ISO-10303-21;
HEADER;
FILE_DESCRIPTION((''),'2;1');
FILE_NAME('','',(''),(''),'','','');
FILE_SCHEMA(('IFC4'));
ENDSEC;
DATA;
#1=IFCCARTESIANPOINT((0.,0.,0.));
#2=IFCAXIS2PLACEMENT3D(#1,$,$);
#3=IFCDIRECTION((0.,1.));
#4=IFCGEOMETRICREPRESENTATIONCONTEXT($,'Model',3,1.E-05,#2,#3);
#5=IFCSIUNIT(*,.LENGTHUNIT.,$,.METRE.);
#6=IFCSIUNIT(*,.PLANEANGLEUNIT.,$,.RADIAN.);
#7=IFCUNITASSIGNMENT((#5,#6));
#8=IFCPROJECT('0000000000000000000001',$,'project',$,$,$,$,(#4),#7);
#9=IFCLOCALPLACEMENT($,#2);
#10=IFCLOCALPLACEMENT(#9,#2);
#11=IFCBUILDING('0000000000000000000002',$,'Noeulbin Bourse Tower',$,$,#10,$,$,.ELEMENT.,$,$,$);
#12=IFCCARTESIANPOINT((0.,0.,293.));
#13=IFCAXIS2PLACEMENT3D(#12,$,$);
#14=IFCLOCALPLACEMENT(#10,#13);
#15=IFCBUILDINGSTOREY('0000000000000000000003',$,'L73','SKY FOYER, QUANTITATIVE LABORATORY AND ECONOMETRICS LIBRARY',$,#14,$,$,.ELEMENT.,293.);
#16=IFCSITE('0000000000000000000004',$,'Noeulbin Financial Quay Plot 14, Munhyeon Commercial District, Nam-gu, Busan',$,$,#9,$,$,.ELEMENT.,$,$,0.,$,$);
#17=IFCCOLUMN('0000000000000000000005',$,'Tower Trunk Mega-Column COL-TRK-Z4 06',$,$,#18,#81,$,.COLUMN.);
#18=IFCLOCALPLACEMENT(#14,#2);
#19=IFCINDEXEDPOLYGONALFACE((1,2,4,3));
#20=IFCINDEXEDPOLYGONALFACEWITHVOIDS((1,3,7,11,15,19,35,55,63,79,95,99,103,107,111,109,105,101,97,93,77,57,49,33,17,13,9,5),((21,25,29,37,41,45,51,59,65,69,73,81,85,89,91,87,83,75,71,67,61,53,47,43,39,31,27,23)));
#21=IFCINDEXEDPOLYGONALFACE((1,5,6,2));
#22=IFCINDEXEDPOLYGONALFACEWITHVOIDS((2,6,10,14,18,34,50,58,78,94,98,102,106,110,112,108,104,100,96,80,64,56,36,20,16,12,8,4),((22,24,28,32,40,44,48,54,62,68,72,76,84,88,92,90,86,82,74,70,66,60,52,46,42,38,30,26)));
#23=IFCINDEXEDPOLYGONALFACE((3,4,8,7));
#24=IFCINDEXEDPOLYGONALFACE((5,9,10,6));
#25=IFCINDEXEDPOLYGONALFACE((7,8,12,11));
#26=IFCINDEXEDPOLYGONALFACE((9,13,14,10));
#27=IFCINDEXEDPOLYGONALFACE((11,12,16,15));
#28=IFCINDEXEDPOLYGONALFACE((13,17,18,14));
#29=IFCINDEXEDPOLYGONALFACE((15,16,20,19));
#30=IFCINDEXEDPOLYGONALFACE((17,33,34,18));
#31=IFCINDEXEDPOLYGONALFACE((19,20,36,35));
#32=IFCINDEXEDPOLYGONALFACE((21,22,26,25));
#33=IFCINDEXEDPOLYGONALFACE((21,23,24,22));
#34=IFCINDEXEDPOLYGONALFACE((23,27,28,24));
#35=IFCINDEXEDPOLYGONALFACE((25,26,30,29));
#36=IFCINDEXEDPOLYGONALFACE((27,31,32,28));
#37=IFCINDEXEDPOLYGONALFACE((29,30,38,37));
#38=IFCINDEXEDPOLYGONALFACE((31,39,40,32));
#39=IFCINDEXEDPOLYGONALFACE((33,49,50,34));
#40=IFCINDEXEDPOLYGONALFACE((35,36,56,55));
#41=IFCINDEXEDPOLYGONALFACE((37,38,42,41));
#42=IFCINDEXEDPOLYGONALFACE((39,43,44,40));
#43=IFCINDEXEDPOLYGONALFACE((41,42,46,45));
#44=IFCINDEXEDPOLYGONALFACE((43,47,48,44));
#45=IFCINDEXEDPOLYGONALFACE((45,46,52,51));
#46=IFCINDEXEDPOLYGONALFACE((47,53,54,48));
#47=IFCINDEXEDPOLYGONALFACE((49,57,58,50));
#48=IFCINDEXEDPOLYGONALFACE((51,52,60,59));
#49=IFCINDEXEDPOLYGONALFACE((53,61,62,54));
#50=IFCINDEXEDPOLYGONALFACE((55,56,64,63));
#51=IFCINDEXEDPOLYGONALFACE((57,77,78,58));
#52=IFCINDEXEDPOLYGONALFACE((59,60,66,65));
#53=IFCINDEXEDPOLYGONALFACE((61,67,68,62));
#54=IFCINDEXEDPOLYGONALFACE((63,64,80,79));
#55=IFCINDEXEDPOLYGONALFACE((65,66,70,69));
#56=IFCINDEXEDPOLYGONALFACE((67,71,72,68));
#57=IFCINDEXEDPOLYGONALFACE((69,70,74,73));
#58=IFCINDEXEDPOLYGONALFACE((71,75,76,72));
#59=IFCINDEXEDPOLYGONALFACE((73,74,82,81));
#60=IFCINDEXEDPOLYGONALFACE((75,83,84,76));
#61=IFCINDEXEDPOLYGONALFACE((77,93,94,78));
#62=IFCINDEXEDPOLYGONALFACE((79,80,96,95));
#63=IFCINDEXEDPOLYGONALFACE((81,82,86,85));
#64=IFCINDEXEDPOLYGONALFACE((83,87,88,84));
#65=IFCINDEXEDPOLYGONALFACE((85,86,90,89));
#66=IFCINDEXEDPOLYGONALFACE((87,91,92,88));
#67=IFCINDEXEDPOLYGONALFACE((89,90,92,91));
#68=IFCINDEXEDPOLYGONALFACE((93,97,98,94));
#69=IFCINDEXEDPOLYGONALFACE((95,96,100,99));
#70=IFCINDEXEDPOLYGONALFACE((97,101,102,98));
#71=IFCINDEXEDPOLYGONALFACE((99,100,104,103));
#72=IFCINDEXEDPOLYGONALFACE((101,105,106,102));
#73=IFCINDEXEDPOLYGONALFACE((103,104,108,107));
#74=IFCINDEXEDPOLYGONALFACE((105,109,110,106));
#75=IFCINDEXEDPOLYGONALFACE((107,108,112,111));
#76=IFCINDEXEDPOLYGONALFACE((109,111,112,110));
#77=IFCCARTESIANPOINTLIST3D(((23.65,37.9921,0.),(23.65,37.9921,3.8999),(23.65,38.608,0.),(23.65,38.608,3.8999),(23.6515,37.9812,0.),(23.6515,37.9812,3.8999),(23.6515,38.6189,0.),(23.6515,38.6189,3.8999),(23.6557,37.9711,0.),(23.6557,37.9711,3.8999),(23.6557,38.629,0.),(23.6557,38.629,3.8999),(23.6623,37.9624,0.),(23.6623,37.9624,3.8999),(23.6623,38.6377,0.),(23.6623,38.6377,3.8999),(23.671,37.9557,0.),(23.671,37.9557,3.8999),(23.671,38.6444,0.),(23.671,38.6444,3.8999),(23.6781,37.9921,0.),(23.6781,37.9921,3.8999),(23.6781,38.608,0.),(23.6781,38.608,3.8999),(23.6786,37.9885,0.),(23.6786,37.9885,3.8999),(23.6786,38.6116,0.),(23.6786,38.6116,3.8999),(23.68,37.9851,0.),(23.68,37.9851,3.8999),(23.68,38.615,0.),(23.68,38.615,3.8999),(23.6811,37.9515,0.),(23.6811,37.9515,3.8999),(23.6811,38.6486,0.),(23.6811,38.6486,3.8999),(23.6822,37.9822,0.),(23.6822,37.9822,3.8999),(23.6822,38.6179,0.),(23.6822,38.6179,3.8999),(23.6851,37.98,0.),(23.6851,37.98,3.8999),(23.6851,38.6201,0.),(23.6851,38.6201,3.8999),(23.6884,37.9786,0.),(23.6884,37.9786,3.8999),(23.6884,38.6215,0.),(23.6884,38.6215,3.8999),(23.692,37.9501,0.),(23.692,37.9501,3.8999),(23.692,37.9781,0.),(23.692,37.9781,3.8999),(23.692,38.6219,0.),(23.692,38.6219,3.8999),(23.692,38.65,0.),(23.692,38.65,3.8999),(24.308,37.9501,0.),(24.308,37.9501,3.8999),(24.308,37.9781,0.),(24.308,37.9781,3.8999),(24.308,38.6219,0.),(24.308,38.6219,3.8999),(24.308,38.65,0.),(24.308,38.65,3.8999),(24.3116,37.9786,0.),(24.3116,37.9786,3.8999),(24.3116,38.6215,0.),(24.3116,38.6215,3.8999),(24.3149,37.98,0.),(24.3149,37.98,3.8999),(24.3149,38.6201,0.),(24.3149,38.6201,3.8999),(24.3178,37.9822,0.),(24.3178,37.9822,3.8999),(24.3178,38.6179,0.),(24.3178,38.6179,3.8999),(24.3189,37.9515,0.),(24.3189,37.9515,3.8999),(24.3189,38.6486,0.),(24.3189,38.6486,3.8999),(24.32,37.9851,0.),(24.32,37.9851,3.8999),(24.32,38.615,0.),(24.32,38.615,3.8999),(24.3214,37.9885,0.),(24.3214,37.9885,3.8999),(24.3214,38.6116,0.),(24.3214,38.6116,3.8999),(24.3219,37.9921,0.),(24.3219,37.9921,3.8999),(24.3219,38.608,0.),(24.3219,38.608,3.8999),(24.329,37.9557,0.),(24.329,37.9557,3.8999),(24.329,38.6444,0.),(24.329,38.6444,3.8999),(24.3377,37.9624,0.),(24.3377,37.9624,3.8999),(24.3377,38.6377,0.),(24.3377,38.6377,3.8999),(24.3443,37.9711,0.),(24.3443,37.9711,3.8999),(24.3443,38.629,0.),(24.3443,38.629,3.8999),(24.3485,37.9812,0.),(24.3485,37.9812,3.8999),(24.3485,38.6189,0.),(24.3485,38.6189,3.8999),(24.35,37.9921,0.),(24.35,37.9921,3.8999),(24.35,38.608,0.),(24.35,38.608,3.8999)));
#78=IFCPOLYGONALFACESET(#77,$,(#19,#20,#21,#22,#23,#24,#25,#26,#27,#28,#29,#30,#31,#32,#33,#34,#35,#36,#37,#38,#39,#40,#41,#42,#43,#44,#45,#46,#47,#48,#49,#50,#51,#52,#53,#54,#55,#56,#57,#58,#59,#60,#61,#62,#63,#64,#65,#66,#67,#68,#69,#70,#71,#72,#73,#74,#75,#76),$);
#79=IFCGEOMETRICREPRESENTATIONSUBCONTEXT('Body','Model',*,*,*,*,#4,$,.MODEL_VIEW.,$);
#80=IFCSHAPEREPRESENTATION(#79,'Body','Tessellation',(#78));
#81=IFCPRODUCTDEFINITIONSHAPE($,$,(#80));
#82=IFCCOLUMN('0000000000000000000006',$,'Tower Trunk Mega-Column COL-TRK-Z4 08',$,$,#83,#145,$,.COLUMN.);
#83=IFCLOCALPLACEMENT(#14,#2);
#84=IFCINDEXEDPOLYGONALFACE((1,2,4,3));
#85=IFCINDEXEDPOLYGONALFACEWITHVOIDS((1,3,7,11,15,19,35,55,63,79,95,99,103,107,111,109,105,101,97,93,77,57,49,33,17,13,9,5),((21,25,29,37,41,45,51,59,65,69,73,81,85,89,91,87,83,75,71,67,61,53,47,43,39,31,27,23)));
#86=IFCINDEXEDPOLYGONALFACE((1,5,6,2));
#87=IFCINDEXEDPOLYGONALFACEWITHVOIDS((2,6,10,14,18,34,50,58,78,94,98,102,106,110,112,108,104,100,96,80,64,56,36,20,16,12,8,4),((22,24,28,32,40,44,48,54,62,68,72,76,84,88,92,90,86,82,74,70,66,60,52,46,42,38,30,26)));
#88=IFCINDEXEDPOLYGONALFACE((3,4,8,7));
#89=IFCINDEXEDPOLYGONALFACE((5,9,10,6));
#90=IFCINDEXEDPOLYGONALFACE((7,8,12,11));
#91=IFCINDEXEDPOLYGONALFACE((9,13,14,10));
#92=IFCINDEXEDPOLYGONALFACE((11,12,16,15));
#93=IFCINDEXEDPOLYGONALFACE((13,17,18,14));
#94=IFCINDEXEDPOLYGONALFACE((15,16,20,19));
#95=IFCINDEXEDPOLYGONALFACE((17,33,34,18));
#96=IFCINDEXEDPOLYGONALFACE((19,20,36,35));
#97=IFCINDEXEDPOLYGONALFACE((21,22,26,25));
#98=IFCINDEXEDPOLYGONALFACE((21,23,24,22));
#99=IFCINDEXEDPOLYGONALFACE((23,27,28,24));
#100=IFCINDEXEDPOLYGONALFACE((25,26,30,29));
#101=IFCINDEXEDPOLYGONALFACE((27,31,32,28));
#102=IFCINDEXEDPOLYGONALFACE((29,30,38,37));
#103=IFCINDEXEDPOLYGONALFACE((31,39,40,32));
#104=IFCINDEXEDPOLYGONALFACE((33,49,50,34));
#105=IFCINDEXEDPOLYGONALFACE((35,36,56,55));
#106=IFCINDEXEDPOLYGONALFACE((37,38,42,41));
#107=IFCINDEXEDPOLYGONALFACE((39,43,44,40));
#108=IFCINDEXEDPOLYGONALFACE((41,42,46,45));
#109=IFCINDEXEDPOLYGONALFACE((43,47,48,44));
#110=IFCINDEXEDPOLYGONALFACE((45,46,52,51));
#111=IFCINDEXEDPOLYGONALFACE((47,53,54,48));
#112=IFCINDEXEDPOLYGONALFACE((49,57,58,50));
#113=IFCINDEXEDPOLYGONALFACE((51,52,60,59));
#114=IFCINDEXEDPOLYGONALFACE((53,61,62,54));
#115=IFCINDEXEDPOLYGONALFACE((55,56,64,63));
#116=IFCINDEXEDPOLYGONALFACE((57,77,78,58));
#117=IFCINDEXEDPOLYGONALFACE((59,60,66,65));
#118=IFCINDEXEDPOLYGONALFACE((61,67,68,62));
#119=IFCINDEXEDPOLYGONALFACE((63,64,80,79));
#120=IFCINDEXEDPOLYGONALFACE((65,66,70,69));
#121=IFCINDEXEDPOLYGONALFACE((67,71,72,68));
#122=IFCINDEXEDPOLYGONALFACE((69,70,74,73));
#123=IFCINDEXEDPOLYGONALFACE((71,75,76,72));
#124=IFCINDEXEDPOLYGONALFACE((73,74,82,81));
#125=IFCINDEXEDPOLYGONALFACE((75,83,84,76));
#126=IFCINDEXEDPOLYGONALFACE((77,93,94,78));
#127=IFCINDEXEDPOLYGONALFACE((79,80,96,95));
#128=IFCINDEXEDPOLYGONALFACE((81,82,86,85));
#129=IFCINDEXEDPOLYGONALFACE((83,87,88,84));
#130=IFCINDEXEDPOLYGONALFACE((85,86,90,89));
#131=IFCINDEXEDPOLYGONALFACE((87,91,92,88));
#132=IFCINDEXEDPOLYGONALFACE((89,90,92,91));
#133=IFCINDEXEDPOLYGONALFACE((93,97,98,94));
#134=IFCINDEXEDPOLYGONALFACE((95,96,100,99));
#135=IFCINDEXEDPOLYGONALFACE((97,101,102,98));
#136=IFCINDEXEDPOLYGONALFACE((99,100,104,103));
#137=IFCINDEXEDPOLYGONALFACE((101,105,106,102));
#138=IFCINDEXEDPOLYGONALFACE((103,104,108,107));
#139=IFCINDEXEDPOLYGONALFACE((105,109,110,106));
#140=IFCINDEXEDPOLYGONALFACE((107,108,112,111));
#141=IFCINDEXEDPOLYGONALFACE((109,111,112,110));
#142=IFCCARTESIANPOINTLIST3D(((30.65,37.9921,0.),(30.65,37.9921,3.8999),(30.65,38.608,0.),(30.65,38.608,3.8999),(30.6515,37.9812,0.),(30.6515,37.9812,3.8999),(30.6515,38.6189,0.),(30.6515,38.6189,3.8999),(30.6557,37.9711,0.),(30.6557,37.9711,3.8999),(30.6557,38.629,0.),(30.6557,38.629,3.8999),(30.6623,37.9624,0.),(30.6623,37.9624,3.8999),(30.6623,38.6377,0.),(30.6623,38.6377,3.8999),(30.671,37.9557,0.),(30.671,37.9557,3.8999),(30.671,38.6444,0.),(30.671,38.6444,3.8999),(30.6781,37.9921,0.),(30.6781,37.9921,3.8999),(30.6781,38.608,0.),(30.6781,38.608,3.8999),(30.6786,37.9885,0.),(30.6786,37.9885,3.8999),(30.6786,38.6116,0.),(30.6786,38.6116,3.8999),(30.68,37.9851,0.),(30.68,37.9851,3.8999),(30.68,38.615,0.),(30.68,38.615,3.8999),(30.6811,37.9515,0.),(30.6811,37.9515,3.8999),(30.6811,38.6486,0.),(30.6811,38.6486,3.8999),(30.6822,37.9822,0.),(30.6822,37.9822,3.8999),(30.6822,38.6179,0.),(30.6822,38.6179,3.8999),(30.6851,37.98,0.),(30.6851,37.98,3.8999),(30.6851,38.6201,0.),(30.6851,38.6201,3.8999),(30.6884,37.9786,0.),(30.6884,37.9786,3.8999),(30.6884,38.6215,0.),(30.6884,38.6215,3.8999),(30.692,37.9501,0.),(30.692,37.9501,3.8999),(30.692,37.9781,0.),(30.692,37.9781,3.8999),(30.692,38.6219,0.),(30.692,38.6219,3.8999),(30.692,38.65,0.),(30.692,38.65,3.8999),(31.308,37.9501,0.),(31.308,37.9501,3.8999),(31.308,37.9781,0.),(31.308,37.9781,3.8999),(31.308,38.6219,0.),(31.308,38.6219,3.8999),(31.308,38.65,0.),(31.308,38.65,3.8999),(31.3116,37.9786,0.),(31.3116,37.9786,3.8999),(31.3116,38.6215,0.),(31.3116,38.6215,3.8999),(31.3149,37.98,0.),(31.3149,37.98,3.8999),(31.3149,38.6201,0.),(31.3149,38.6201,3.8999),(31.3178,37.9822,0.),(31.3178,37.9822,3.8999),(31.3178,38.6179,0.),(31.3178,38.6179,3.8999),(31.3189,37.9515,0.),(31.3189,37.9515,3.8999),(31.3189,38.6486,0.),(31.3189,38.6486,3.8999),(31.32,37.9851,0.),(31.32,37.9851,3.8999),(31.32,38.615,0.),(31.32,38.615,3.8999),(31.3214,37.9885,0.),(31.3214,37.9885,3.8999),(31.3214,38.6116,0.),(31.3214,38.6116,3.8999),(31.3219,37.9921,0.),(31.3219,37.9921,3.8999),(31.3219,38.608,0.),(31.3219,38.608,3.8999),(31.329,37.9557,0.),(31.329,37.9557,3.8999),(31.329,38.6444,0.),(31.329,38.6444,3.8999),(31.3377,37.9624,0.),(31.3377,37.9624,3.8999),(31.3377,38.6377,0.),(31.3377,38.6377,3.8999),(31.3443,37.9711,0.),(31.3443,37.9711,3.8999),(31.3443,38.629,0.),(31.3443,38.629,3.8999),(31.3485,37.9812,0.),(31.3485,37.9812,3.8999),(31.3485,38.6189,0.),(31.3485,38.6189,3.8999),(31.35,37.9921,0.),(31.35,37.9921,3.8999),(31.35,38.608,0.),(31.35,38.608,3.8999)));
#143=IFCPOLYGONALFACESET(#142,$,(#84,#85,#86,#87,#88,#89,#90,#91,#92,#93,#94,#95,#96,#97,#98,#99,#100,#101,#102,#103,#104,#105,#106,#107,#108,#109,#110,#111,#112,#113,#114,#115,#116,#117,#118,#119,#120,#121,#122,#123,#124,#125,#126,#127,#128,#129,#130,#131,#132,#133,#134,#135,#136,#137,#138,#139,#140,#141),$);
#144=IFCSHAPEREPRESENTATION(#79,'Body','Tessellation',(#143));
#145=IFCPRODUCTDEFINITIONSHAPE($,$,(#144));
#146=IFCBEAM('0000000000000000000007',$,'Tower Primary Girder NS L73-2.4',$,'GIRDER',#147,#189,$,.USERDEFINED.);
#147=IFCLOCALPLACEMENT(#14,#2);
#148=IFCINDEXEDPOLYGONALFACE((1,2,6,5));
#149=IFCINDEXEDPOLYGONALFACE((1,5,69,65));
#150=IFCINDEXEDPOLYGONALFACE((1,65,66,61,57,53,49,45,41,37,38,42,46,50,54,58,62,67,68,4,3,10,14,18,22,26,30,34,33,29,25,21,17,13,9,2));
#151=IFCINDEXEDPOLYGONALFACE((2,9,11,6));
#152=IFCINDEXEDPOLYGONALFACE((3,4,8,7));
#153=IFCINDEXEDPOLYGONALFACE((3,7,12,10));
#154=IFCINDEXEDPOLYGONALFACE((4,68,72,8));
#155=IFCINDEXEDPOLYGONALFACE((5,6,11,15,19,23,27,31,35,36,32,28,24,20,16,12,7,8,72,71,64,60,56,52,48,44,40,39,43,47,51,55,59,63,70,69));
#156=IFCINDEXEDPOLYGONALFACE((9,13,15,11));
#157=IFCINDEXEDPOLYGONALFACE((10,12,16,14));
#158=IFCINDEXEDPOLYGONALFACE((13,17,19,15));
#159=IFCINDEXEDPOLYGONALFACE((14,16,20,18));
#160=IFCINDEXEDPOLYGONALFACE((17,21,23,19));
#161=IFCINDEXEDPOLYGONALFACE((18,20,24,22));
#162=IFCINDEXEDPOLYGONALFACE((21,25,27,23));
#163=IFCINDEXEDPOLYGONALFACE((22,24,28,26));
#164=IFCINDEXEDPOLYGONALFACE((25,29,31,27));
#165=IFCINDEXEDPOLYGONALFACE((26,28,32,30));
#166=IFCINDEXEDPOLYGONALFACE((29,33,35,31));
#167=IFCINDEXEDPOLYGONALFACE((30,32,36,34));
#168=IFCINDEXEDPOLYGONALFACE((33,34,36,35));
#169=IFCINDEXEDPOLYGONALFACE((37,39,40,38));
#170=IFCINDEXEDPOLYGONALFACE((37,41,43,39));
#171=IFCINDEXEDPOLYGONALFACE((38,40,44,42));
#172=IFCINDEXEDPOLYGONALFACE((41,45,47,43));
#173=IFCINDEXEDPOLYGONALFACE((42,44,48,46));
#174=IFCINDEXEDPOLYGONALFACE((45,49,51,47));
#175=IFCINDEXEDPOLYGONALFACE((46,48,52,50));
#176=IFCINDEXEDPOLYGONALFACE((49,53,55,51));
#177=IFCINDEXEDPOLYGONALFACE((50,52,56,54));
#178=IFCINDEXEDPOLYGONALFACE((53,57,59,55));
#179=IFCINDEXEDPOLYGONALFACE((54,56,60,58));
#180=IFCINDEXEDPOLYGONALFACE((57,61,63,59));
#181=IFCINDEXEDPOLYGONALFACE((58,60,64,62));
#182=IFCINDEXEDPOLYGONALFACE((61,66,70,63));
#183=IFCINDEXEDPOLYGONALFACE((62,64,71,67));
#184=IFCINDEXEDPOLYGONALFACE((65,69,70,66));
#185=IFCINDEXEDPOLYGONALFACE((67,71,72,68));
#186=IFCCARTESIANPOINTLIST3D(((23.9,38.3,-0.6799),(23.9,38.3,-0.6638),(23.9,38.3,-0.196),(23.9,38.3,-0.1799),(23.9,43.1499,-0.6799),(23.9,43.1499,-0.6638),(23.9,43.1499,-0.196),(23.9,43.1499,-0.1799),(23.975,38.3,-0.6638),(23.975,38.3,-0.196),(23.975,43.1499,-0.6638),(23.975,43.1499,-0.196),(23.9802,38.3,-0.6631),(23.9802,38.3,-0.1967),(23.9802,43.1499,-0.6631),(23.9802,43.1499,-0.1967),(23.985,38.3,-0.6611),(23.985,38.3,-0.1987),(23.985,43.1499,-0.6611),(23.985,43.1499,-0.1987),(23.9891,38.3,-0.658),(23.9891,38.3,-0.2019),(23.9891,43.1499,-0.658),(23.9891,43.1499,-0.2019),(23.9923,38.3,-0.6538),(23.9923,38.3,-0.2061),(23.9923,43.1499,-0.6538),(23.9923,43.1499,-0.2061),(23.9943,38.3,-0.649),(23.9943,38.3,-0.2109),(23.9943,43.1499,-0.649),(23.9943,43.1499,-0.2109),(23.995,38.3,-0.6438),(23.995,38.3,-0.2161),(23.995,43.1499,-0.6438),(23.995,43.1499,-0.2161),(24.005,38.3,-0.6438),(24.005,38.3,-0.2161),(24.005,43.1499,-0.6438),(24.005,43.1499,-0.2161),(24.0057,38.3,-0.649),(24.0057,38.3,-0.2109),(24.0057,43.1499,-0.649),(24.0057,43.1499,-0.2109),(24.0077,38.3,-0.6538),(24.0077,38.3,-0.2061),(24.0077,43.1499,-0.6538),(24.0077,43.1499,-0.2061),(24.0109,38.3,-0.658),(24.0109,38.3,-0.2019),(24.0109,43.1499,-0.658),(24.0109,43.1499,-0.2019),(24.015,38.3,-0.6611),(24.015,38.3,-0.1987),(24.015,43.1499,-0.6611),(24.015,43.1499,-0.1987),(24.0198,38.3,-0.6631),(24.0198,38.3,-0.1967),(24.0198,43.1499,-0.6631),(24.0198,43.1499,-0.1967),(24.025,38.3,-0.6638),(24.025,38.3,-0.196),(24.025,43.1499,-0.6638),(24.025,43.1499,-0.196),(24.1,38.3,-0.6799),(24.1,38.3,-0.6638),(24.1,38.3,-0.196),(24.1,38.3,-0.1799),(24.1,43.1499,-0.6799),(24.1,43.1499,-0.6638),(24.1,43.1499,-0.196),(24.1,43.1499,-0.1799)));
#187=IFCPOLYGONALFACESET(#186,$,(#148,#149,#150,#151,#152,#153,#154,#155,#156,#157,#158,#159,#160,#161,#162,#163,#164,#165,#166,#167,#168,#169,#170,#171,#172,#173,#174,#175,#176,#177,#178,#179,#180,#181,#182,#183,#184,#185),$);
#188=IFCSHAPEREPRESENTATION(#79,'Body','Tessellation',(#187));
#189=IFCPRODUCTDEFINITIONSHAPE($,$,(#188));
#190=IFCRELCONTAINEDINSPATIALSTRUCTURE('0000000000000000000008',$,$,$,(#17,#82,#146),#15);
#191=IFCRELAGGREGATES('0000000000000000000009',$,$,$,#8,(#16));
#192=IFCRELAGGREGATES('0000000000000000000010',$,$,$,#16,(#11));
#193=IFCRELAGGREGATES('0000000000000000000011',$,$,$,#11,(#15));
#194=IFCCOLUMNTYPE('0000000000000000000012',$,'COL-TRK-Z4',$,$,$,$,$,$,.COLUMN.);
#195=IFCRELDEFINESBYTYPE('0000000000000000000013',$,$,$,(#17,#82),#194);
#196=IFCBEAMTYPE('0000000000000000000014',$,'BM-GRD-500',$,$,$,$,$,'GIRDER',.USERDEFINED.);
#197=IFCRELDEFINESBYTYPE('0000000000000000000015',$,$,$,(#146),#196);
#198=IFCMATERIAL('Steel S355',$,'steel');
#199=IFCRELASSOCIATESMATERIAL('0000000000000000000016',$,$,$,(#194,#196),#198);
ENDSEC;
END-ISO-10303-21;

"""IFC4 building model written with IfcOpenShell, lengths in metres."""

from ifc_helpers import new_model, si_unit, direction, frame, origin, origin_2d, place, context, subcontext, project, spatial, hollow_rectangle, i_section, extrude, material, material_profile, profile_set, type_object, element, save


model = new_model("IFC4")

# Units and contexts
model_context = context("Model", 3, precision=1e-05, world=origin(), true_north=direction((0.0, 1.0)))
body_context = subcontext(model_context, "Body", "Model", "MODEL_VIEW")
ifc_project = project(units=[si_unit("LENGTHUNIT", "METRE"), si_unit("PLANEANGLEUNIT", "RADIAN")], contexts=[model_context])

# Site, building, storey
site_placement = place(None, origin())
site = spatial("IfcSite", under=ifc_project, at=site_placement, Name="Noeulbin Financial Quay Plot 14, Munhyeon Commercial District, Nam-gu, Busan", CompositionType="ELEMENT", RefElevation=0.0)
building_placement = place(site_placement, origin())
building = spatial("IfcBuilding", under=site, at=building_placement, Name="Noeulbin Bourse Tower", CompositionType="ELEMENT")
storey_placement = place(building_placement, frame((0.0, 0.0, 293.0)))
storey = spatial("IfcBuildingStorey", under=building, at=storey_placement, Name="L73", Description="SKY FOYER, QUANTITATIVE LABORATORY AND ECONOMETRICS LIBRARY", CompositionType="ELEMENT", Elevation=293.0)

# Columns
ifc_material_1 = material(Name="Steel S355", Category="steel")
ifc_material_profile_1 = material_profile(ifc_material_1, hollow_rectangle(XDim=0.7, YDim=0.7, WallThickness=0.0281, InnerFilletRadius=0.0139, OuterFilletRadius=0.042, at=origin_2d()), Name="BOX-700x700x28", Category="LoadBearing")
ifc_profile_set_1 = profile_set([ifc_material_profile_1], Name="Steel S355")
column_type_1 = type_object("IfcColumnType", Name="COL-TRK-Z4", PredefinedType="COLUMN", material=ifc_profile_set_1)
for number, where, z_axis, x_axis, name in (
    (1, (24.0, 38.3, 0.0), (0.0, 0.0, 1.0), (1.0, 0.0, 0.0), "Tower Trunk Mega-Column COL-TRK-Z4 06"),
    (2, (31.0, 38.3, 0.0), (0.0, 0.0, 1.0), (1.0, 0.0, 0.0), "Tower Trunk Mega-Column COL-TRK-Z4 08"),
):
    element("IfcColumn", number, at=place(storey_placement, frame(where, z_axis=z_axis, x_axis=x_axis)), inside=storey, type_object=column_type_1, Name=name, PredefinedType="COLUMN", context=body_context, shape_type="SweptSolid", body=[
        extrude(hollow_rectangle(XDim=0.7, YDim=0.7, WallThickness=0.0281, InnerFilletRadius=0.0139, OuterFilletRadius=0.042, at=origin_2d()), origin(), (0.0, 0.0, 1.0), 3.8999),
    ])

# Beam
ifc_material_profile_2 = material_profile(ifc_material_1, i_section(OverallWidth=0.2, OverallDepth=0.5, WebThickness=0.01, FlangeThickness=0.0161, FilletRadius=0.02, at=origin_2d()), Name="H-500x200x10x16", Category="LoadBearing")
ifc_profile_set_2 = profile_set([ifc_material_profile_2], Name="Steel S355")
beam_type_1 = type_object("IfcBeamType", Name="BM-GRD-500", ElementType="GIRDER", PredefinedType="USERDEFINED", material=ifc_profile_set_2)
for number, where, z_axis, x_axis, name in (
    (3, (24.0, 38.3, -0.4299), (0.0, 1.0, 0.0), (-1.0, 0.0, 0.0), "Tower Primary Girder NS L73-2.4"),
):
    element("IfcBeam", number, at=place(storey_placement, frame(where, z_axis=z_axis, x_axis=x_axis)), inside=storey, type_object=beam_type_1, Name=name, ObjectType="GIRDER", PredefinedType="USERDEFINED", context=body_context, shape_type="SweptSolid", body=[
        extrude(i_section(OverallWidth=0.2, OverallDepth=0.5, WebThickness=0.01, FlangeThickness=0.0161, FilletRadius=0.02, at=origin_2d()), origin(), (0.0, 0.0, 1.0), 4.8499),
    ])

save(model, "model.ifc")
